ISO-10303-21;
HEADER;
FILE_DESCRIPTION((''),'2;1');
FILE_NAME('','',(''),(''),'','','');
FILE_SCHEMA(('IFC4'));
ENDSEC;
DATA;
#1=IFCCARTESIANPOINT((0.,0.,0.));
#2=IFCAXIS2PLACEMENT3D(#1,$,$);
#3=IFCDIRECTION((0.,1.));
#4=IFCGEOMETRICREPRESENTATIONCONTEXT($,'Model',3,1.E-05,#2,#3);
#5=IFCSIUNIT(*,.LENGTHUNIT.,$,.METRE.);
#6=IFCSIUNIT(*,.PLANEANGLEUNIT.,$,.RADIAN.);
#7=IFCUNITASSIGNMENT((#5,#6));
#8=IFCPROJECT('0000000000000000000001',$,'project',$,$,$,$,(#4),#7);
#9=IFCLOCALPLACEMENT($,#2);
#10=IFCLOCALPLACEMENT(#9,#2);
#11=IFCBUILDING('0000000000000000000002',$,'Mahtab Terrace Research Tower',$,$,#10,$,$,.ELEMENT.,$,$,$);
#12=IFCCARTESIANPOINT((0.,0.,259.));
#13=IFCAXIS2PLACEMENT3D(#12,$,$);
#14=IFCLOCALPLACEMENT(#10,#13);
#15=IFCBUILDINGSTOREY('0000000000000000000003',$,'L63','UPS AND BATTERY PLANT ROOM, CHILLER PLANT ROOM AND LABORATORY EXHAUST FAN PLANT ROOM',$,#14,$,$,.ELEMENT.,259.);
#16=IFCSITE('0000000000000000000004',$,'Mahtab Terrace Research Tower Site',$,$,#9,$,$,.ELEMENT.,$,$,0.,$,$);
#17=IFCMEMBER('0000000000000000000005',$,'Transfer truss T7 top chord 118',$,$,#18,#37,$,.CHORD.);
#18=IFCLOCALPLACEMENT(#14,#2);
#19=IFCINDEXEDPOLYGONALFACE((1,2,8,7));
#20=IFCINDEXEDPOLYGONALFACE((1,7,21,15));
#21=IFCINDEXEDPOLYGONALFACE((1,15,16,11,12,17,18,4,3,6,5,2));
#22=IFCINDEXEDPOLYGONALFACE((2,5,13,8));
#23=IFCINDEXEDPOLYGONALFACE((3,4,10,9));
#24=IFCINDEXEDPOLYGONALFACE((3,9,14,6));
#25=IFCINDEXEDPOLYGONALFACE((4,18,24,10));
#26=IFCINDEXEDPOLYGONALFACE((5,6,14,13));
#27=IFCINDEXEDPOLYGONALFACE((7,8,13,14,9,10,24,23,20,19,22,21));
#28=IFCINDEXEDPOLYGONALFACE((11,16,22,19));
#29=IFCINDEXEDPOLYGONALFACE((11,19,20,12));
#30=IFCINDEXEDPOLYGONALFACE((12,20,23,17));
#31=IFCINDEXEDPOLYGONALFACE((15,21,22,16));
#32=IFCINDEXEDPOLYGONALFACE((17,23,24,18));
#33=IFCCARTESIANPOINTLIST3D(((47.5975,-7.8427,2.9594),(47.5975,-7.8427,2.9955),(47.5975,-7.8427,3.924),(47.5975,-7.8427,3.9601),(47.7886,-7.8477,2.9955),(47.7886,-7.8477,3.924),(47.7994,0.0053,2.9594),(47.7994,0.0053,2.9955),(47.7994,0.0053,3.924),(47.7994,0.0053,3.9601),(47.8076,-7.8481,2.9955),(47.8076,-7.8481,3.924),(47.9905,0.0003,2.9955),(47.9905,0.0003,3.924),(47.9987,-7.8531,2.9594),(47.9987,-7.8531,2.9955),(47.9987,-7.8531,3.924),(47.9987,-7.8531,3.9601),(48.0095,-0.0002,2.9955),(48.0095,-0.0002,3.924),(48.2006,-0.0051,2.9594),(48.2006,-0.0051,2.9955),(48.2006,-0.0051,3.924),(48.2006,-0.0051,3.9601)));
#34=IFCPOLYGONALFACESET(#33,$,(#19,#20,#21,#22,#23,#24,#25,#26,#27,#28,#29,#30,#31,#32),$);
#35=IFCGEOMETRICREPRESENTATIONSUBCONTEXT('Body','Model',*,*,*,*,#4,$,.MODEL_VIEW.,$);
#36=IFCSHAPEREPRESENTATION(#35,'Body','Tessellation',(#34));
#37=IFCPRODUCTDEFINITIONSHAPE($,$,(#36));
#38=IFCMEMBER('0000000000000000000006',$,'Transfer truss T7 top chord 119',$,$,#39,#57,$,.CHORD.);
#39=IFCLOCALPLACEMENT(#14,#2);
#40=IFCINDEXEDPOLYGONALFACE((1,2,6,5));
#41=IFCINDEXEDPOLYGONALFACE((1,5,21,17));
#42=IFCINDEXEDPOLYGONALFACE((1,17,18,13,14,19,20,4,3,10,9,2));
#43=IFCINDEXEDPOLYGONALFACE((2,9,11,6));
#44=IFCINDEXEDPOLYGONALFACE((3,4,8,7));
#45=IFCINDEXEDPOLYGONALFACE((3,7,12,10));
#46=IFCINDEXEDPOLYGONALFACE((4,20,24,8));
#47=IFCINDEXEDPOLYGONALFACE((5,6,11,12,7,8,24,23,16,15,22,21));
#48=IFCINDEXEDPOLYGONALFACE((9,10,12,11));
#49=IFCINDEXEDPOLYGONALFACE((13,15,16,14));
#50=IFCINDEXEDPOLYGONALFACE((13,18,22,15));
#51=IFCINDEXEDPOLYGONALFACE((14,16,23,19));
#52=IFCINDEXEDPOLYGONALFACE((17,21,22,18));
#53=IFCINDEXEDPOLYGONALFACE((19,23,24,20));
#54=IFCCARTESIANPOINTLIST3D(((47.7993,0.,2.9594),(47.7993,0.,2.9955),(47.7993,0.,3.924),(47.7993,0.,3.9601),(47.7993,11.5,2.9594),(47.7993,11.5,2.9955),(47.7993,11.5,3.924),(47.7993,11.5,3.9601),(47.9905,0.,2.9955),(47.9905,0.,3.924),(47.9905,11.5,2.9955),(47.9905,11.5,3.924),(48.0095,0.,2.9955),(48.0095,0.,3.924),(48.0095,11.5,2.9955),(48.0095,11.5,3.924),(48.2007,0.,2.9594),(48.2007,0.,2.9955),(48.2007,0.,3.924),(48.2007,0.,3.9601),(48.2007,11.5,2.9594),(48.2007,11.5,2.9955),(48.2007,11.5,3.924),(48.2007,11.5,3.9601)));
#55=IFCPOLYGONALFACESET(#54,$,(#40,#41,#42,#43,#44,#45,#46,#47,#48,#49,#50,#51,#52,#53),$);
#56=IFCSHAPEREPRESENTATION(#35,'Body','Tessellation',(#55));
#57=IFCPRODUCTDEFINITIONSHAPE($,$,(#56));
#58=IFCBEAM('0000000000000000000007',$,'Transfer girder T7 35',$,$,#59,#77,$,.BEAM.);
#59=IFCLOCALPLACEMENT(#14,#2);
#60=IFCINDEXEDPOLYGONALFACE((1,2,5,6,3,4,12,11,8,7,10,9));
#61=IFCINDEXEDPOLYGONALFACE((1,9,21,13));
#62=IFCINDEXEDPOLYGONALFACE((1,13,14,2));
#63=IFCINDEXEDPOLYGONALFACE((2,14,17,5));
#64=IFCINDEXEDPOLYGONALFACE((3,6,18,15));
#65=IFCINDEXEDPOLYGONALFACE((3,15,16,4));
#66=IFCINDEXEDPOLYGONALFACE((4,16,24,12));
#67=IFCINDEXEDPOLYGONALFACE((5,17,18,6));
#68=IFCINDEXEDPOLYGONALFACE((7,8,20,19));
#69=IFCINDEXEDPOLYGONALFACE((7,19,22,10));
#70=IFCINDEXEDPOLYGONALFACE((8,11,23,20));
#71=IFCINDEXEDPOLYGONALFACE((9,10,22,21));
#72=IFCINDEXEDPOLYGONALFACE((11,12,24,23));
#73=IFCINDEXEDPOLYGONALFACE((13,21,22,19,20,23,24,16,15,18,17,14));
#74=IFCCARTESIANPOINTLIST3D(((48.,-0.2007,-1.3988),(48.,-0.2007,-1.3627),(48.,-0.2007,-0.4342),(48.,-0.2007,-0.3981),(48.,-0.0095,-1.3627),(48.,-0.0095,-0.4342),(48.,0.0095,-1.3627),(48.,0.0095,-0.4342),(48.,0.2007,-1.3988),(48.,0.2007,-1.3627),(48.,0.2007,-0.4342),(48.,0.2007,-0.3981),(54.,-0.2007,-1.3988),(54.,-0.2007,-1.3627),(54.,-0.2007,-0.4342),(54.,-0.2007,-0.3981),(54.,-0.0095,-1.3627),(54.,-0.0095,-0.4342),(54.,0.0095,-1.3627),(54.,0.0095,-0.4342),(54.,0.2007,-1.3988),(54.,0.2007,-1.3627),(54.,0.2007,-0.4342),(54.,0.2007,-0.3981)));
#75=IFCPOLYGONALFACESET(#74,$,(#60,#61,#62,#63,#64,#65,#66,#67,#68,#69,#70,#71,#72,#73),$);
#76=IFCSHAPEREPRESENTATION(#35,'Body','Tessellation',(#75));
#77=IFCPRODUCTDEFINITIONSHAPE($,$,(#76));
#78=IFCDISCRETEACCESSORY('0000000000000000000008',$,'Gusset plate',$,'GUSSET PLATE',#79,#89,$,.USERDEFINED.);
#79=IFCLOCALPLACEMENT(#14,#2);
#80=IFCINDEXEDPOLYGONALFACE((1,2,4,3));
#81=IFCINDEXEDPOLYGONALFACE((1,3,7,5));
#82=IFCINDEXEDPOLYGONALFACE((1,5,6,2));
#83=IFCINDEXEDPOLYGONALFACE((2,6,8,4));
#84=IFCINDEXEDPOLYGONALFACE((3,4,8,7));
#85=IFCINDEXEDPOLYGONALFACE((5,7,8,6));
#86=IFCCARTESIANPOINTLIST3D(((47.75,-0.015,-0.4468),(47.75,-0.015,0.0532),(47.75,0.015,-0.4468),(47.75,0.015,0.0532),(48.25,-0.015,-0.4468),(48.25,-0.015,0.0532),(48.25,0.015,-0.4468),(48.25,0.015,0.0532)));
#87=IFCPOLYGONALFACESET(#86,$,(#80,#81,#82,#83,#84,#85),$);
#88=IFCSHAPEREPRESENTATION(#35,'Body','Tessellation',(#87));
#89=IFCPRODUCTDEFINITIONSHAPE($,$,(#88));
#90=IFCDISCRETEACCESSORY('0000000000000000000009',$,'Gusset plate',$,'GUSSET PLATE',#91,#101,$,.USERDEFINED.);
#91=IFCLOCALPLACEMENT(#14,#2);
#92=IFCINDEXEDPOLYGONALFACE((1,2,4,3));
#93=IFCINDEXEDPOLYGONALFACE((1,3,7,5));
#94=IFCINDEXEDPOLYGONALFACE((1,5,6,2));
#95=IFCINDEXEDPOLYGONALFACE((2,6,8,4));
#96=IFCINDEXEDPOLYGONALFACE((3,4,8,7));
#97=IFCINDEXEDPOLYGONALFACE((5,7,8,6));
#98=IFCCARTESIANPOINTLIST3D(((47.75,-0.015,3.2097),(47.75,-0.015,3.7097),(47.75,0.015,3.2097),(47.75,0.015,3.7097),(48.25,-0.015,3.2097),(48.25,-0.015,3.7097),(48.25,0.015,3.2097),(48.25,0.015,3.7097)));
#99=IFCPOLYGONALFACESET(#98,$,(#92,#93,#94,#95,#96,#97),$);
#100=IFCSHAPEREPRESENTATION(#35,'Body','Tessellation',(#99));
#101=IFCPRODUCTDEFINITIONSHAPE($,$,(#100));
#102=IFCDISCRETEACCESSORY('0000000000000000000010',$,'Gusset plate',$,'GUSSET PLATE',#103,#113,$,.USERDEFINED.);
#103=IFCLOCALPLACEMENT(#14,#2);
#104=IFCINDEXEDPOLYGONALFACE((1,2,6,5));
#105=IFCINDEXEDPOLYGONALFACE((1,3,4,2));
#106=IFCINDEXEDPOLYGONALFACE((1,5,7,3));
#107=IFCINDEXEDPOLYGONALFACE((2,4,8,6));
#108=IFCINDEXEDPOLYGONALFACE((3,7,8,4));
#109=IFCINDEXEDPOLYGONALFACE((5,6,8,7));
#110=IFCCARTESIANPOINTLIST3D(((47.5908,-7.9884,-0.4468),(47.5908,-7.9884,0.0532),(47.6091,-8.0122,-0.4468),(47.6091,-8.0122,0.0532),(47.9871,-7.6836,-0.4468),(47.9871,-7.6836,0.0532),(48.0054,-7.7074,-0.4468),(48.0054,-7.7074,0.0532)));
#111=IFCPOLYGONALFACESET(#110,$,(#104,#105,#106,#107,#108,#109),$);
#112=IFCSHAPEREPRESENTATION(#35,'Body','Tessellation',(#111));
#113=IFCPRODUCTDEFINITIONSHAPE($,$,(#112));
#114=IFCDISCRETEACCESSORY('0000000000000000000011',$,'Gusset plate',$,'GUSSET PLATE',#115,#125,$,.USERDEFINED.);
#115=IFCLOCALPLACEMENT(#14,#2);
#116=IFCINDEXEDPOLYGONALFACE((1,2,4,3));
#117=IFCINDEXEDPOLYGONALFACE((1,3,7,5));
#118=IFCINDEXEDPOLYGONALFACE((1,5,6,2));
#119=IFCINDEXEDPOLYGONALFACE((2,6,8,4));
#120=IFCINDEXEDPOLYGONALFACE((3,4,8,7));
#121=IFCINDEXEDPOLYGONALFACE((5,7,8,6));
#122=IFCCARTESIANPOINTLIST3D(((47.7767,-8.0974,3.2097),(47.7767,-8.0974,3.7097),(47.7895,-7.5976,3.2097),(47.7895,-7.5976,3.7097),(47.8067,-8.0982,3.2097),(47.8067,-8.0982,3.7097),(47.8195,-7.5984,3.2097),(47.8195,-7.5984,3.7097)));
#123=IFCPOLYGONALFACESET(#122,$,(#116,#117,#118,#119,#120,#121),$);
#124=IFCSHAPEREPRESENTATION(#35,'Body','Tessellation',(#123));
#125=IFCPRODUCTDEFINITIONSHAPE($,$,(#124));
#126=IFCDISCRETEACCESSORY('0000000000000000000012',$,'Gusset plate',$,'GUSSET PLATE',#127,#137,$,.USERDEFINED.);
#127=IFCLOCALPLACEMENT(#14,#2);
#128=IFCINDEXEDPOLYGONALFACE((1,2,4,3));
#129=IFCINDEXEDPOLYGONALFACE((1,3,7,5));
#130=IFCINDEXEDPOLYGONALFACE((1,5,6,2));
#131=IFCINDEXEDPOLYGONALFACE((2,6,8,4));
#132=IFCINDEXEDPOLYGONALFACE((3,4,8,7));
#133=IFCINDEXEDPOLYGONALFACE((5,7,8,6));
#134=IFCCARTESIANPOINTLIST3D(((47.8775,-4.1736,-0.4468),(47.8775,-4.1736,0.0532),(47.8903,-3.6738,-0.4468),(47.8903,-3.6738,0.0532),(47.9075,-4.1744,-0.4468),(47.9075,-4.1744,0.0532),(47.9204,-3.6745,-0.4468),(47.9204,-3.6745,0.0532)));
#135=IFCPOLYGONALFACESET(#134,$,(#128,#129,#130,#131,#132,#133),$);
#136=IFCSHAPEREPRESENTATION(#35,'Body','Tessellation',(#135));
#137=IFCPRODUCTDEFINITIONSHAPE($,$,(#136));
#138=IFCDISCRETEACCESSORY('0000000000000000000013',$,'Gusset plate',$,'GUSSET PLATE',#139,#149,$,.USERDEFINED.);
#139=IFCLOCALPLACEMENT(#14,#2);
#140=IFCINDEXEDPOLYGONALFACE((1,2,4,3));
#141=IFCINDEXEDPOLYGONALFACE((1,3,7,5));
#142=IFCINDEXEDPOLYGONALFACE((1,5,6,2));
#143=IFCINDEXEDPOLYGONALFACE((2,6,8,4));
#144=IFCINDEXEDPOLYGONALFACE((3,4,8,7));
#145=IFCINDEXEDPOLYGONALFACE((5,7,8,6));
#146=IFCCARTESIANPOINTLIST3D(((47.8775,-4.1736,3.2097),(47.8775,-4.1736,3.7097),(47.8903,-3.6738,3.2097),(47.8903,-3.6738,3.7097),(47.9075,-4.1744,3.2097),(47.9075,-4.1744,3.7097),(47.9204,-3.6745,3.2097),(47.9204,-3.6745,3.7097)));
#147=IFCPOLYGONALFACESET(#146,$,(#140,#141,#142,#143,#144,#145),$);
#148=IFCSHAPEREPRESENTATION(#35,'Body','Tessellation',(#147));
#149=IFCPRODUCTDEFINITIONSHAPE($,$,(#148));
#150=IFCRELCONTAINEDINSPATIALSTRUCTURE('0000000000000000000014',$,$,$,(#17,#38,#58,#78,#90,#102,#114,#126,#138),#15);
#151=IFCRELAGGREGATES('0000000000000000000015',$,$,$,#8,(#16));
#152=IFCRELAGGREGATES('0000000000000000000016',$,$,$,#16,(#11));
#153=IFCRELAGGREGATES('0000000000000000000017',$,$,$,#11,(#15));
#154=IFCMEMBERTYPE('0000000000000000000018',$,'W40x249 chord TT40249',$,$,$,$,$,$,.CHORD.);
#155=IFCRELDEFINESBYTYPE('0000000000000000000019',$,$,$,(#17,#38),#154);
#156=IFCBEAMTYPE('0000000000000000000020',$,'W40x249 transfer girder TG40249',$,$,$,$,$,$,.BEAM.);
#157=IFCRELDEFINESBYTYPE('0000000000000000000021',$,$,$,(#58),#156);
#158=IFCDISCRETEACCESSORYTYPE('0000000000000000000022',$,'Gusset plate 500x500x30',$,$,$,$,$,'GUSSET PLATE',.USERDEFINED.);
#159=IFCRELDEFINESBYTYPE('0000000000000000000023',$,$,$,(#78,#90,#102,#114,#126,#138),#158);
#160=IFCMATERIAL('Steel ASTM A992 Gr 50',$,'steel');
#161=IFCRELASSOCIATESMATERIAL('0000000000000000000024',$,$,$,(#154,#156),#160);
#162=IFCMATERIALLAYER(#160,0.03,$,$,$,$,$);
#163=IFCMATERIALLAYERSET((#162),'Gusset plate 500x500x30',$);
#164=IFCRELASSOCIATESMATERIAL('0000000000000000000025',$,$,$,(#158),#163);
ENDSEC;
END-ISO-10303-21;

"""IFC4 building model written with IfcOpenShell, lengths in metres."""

from ifc_helpers import new_model, si_unit, direction, frame, origin, origin_2d, place, context, subcontext, project, spatial, rectangle, i_section, extrude, material, layer, layer_set, material_profile, profile_set, type_object, element, save


model = new_model("IFC4")

# Units and contexts
model_context = context("Model", 3, precision=1e-05, world=origin(), true_north=direction((0.0, 1.0)))
body_context = subcontext(model_context, "Body", "Model", "MODEL_VIEW")
ifc_project = project(units=[si_unit("LENGTHUNIT", "METRE"), si_unit("PLANEANGLEUNIT", "RADIAN")], contexts=[model_context])

# Site, building, storey
site_placement = place(None, origin())
site = spatial("IfcSite", under=ifc_project, at=site_placement, Name="Mahtab Terrace Research Tower Site", CompositionType="ELEMENT", RefElevation=0.0)
building_placement = place(site_placement, origin())
building = spatial("IfcBuilding", under=site, at=building_placement, Name="Mahtab Terrace Research Tower", CompositionType="ELEMENT")
storey_placement = place(building_placement, frame((0.0, 0.0, 259.0)))
storey = spatial("IfcBuildingStorey", under=building, at=storey_placement, Name="L63", Description="UPS AND BATTERY PLANT ROOM, CHILLER PLANT ROOM AND LABORATORY EXHAUST FAN PLANT ROOM", CompositionType="ELEMENT", Elevation=259.0)

# Shared definitions
ifc_material_1 = material(Name="Steel ASTM A992 Gr 50", Category="steel")

# Members
ifc_material_profile_1 = material_profile(ifc_material_1, i_section(OverallWidth=0.4014, OverallDepth=1.0007, WebThickness=0.019, FlangeThickness=0.0361, at=origin_2d()), Name="W40X249")
ifc_profile_set_1 = profile_set([ifc_material_profile_1], Name="Steel ASTM A992 Gr 50")
member_type_1 = type_object("IfcMemberType", Name="W40x249 chord TT40249", PredefinedType="CHORD", material=ifc_profile_set_1)
member_1_placement = place(storey_placement, frame((47.7981, -7.8479, 3.4597), z_axis=(0.025719, 0.999669, 0.0), x_axis=(-0.999669, 0.025719, 0.0)))
element("IfcMember", 1, at=member_1_placement, inside=storey, type_object=member_type_1, Name="Transfer truss T7 top chord 118", PredefinedType="CHORD", context=body_context, shape_type="SweptSolid", body=[
    extrude(i_section(OverallWidth=0.4014, OverallDepth=1.0007, WebThickness=0.019, FlangeThickness=0.0361, at=origin_2d()), origin(), (0.0, 0.0, 1.0), 7.8506),
])
member_2_placement = place(storey_placement, frame((48.0, 0.0, 3.4597), z_axis=(0.0, 1.0, 0.0), x_axis=(-1.0, 0.0, 0.0)))
element("IfcMember", 2, at=member_2_placement, inside=storey, type_object=member_type_1, Name="Transfer truss T7 top chord 119", PredefinedType="CHORD", context=body_context, shape_type="SweptSolid", body=[
    extrude(i_section(OverallWidth=0.4014, OverallDepth=1.0007, WebThickness=0.019, FlangeThickness=0.0361, at=origin_2d()), origin(), (0.0, 0.0, 1.0), 11.5),
])

# Beam
ifc_material_profile_2 = material_profile(ifc_material_1, i_section(OverallWidth=0.4014, OverallDepth=1.0007, WebThickness=0.019, FlangeThickness=0.0361, at=origin_2d()), Name="W40X249")
ifc_profile_set_2 = profile_set([ifc_material_profile_2], Name="Steel ASTM A992 Gr 50")
beam_type = type_object("IfcBeamType", Name="W40x249 transfer girder TG40249", PredefinedType="BEAM", material=ifc_profile_set_2)
beam_placement = place(storey_placement, frame((48.0, 0.0, -0.8984), z_axis=(1.0, 0.0, 0.0), x_axis=(0.0, 1.0, 0.0)))
element("IfcBeam", 3, at=beam_placement, inside=storey, type_object=beam_type, Name="Transfer girder T7 35", PredefinedType="BEAM", context=body_context, shape_type="SweptSolid", body=[
    extrude(i_section(OverallWidth=0.4014, OverallDepth=1.0007, WebThickness=0.019, FlangeThickness=0.0361, at=origin_2d()), origin(), (0.0, 0.0, 1.0), 6.0),
])

# Discrete accessories
ifc_layer = layer(ifc_material_1, 0.03)
ifc_layer_set = layer_set([ifc_layer], Name="Gusset plate 500x500x30")
discrete_accessory_type = type_object("IfcDiscreteAccessoryType", Name="Gusset plate 500x500x30", ElementType="GUSSET PLATE", PredefinedType="USERDEFINED", material=ifc_layer_set)
for number, where, z_axis, x_axis, name in (
    (4, (48.0, 0.0, -0.4468), (0.0, 0.0, 1.0), (1.0, 0.0, 0.0), "Gusset plate"),
    (5, (48.0, 0.0, 3.2097), (0.0, 0.0, 1.0), (1.0, 0.0, 0.0), "Gusset plate"),
    (6, (47.7981, -7.8479, -0.4468), (0.0, 0.0, 1.0), (0.79262, 0.609716, 0.0), "Gusset plate"),
    (7, (47.7981, -7.8479, 3.2097), (0.0, 0.0, 1.0), (0.025723, 0.999669, 0.0), "Gusset plate"),
    (8, (47.8989, -3.9241, -0.4468), (0.0, 0.0, 1.0), (0.025723, 0.999669, 0.0), "Gusset plate"),
    (9, (47.8989, -3.9241, 3.2097), (0.0, 0.0, 1.0), (0.025723, 0.999669, 0.0), "Gusset plate"),
):
    element("IfcDiscreteAccessory", number, at=place(storey_placement, frame(where, z_axis=z_axis, x_axis=x_axis)), inside=storey, type_object=discrete_accessory_type, Name=name, ObjectType="GUSSET PLATE", PredefinedType="USERDEFINED", context=body_context, shape_type="SweptSolid", body=[
        extrude(rectangle(XDim=0.5, YDim=0.03, at=origin_2d()), origin(), (0.0, 0.0, 1.0), 0.5),
    ])

save(model, "model.ifc")
